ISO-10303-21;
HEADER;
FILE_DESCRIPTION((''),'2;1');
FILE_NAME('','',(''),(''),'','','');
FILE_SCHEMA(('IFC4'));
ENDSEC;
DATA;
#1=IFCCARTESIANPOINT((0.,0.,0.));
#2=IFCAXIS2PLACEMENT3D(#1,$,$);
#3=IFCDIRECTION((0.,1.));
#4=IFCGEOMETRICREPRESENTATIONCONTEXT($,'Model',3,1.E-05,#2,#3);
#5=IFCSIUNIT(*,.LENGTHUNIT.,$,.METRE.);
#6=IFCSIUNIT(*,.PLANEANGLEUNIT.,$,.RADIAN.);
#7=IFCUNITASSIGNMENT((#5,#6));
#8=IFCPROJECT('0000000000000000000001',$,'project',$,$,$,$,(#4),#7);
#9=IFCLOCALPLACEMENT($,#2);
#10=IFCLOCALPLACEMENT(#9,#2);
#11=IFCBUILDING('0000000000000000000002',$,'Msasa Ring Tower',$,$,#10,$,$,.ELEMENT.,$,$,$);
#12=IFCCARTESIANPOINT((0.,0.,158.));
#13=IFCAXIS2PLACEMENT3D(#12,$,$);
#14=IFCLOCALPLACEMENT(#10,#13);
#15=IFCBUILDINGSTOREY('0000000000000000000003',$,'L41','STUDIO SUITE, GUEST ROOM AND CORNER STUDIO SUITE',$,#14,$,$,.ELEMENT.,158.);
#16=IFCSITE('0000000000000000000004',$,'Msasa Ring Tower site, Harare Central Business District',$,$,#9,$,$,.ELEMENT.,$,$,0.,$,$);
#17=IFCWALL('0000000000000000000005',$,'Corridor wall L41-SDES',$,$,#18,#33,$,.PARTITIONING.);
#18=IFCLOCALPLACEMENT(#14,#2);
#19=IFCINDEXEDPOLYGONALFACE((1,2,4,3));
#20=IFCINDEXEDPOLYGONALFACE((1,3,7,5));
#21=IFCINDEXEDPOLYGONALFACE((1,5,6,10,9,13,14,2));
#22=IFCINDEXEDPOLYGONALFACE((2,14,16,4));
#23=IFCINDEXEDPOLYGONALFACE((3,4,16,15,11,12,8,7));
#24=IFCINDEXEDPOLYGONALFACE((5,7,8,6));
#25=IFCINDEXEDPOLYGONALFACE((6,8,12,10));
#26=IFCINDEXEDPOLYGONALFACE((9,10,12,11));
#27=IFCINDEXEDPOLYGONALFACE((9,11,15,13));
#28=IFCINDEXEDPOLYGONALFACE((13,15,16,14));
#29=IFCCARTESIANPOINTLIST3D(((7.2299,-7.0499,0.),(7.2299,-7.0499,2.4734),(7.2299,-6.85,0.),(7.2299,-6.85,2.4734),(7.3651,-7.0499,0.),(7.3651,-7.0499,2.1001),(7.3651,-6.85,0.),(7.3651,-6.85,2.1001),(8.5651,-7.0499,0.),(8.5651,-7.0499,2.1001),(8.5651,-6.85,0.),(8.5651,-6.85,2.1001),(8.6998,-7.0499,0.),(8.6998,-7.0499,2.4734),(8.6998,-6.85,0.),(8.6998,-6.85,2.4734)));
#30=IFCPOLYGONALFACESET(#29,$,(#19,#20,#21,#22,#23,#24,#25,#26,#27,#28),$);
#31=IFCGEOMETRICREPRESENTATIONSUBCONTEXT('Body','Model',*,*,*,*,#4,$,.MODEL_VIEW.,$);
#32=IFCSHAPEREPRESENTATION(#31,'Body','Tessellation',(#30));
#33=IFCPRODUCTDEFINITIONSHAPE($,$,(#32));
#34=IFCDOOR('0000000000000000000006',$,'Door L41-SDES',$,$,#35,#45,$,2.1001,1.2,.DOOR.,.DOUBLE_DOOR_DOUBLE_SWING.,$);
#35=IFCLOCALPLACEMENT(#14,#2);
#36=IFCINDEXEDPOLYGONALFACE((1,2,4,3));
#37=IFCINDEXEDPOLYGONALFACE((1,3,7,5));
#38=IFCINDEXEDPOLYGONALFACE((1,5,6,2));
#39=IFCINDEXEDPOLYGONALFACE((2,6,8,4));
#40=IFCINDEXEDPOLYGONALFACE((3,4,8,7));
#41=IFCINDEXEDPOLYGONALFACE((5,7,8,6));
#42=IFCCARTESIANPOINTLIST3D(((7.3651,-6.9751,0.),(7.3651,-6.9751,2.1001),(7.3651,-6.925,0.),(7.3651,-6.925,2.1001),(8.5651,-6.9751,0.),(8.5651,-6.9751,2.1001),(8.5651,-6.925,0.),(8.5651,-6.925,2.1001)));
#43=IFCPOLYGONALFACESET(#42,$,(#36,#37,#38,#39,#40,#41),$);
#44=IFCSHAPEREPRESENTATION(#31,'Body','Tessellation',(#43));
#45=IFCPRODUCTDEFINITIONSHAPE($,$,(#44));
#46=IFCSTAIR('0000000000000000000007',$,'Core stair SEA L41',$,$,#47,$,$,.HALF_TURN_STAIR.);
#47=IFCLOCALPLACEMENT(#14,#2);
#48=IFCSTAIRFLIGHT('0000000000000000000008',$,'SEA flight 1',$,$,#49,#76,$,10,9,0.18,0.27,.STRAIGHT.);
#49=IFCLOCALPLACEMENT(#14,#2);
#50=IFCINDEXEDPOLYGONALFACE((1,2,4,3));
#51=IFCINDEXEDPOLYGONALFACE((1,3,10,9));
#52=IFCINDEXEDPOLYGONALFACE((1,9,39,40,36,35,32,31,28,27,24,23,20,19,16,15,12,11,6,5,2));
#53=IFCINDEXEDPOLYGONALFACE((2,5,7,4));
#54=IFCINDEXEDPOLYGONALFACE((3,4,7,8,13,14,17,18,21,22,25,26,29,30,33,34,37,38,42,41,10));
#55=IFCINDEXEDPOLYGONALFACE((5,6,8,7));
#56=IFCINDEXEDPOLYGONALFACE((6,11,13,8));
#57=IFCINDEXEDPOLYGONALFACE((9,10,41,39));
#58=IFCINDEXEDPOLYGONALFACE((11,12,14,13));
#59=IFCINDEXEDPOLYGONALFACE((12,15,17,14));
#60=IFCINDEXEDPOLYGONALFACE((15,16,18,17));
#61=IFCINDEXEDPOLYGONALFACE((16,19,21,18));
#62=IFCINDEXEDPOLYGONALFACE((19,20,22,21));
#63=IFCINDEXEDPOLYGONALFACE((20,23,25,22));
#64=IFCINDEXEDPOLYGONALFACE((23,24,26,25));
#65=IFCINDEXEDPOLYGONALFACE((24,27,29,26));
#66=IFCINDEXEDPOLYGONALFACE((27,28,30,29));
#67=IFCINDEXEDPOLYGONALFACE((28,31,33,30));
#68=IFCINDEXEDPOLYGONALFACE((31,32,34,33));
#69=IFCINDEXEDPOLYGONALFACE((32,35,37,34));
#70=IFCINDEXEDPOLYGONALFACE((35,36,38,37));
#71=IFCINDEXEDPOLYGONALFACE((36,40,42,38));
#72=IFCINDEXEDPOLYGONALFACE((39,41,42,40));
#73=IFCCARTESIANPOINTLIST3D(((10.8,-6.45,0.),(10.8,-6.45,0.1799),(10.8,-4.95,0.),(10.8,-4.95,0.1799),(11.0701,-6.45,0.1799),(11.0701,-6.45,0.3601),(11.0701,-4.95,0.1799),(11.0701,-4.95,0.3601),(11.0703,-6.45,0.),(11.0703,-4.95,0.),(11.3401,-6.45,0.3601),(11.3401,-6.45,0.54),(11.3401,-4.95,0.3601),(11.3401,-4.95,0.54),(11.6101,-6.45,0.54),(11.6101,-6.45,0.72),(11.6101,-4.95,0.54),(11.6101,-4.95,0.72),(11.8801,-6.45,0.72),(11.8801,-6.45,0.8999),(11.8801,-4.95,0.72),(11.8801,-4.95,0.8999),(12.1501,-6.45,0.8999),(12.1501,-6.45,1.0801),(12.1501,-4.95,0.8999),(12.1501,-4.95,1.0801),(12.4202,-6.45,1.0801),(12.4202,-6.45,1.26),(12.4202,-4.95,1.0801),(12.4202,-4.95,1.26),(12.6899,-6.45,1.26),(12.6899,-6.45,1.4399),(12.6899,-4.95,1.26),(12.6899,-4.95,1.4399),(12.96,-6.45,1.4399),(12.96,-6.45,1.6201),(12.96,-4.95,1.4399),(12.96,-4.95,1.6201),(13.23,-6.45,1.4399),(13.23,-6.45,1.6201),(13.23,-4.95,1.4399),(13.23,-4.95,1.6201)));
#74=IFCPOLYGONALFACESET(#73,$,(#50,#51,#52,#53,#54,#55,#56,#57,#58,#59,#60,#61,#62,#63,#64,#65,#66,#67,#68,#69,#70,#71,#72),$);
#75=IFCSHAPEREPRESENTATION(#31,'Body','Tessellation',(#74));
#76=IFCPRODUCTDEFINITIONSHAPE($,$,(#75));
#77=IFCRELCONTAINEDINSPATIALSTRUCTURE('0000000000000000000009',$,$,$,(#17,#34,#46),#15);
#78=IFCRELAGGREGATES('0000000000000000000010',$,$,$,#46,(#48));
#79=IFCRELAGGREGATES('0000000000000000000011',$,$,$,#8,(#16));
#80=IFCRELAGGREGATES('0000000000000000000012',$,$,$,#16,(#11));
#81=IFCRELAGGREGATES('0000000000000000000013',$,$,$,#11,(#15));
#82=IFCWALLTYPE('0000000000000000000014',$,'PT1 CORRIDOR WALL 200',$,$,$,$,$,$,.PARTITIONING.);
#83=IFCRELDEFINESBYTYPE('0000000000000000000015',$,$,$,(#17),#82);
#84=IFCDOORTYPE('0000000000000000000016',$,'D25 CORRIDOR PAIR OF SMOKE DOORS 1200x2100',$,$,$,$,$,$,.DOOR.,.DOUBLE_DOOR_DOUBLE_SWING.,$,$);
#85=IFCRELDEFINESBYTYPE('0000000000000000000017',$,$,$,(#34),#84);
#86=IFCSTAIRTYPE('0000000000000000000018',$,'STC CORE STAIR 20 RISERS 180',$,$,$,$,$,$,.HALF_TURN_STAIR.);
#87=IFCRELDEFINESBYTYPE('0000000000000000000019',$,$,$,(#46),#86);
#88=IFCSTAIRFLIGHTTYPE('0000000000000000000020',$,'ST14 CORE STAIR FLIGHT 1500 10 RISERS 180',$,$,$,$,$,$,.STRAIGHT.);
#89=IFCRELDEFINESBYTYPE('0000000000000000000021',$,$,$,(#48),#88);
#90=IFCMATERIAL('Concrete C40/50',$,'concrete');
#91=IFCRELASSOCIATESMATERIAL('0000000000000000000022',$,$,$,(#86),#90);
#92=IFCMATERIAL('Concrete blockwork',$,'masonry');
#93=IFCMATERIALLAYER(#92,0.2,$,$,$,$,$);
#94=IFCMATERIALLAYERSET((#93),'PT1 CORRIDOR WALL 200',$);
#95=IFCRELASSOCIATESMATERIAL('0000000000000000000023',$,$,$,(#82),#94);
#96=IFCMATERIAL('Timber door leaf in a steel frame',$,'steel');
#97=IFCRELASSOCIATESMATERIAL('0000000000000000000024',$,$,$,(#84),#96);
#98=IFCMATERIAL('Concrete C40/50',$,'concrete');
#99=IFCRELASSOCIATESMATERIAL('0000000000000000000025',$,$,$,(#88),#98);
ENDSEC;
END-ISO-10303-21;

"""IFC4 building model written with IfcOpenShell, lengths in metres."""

from ifc_helpers import new_model, si_unit, direction, frame, frame_2d, origin, place, context, subcontext, project, spatial, polyline, rectangle, outline, extrude, material, layer, layer_set, type_object, element, fill, aggregate, save


model = new_model("IFC4")

# Units and contexts
model_context = context("Model", 3, precision=1e-05, world=origin(), true_north=direction((0.0, 1.0)))
body_context = subcontext(model_context, "Body", "Model", "MODEL_VIEW")
ifc_project = project(units=[si_unit("LENGTHUNIT", "METRE"), si_unit("PLANEANGLEUNIT", "RADIAN")], contexts=[model_context])

# Site, building, storey
site_placement = place(None, origin())
site = spatial("IfcSite", under=ifc_project, at=site_placement, Name="Msasa Ring Tower site, Harare Central Business District", CompositionType="ELEMENT", RefElevation=0.0)
building_placement = place(site_placement, origin())
building = spatial("IfcBuilding", under=site, at=building_placement, Name="Msasa Ring Tower", CompositionType="ELEMENT")
storey_placement = place(building_placement, frame((0.0, 0.0, 158.0)))
storey = spatial("IfcBuildingStorey", under=building, at=storey_placement, Name="L41", Description="STUDIO SUITE, GUEST ROOM AND CORNER STUDIO SUITE", CompositionType="ELEMENT", Elevation=158.0)

# Shared definitions
ifc_material_1 = material(Name="Concrete C40/50", Category="concrete")
stair_type = type_object("IfcStairType", Name="STC CORE STAIR 20 RISERS 180", PredefinedType="HALF_TURN_STAIR", material=ifc_material_1)

# Wall, opening, door
ifc_material_2 = material(Name="Concrete blockwork", Category="masonry")
ifc_layer_1 = layer(ifc_material_2, 0.2)
ifc_layer_set_1 = layer_set([ifc_layer_1], Name="PT1 CORRIDOR WALL 200")
wall_type_1 = type_object("IfcWallType", Name="PT1 CORRIDOR WALL 200", PredefinedType="PARTITIONING", material=ifc_layer_set_1)
wall_1_placement = place(storey_placement, frame((7.23, -6.95, 0.0), z_axis=(0.0, 0.0, 1.0), x_axis=(1.0, 0.0, 0.0)))
wall_1 = element("IfcWall", 1, at=wall_1_placement, inside=storey, type_object=wall_type_1, Name="Corridor wall L41-SDES", PredefinedType="PARTITIONING", context=body_context, shape_type="SweptSolid", body=[
    extrude(rectangle(XDim=1.47, YDim=0.2, at=frame_2d((0.7349, 0.0))), origin(), (0.0, 0.0, 1.0), 2.4734),
])
opening_1_placement = place(wall_1_placement, frame((0.135, 0.0, 0.0)))
opening_1 = element("IfcOpeningElement", 2, at=opening_1_placement, cuts=wall_1, PredefinedType="OPENING", context=body_context, shape_type="SweptSolid", body=[
    extrude(rectangle(XDim=1.2, YDim=2.1001, at=frame_2d((0.6001, 1.05))), frame((0.0, 0.1099, 0.0), z_axis=(0.0, -1.0, 0.0), x_axis=(1.0, 0.0, 0.0)), (0.0, 0.0, 1.0), 0.22),
])
ifc_material_3 = material(Name="Timber door leaf in a steel frame", Category="steel")
door_type_1 = type_object("IfcDoorType", Name="D25 CORRIDOR PAIR OF SMOKE DOORS 1200x2100", OperationType="DOUBLE_DOOR_DOUBLE_SWING", PredefinedType="DOOR", material=ifc_material_3)
door_1_placement = place(opening_1_placement, origin())
door_1 = element("IfcDoor", 3, at=door_1_placement, inside=storey, type_object=door_type_1, Name="Door L41-SDES", OperationType="DOUBLE_DOOR_DOUBLE_SWING", OverallHeight=2.1001, OverallWidth=1.2, PredefinedType="DOOR", context=body_context, shape_type="SweptSolid", body=[
    extrude(rectangle(XDim=1.2, YDim=2.1001, at=frame_2d((0.6001, 1.05))), frame((0.0, 0.0249, 0.0), z_axis=(0.0, -1.0, 0.0), x_axis=(1.0, 0.0, 0.0)), (0.0, 0.0, 1.0), 0.05),
])
fill(opening_1, door_1)

# Stair, stair flight
stair_1_placement = place(storey_placement, origin())
stair_1 = element("IfcStair", 4, at=stair_1_placement, inside=storey, type_object=stair_type, Name="Core stair SEA L41", PredefinedType="HALF_TURN_STAIR")
ifc_material_4 = material(Name="Concrete C40/50", Category="concrete")
stair_flight_type = type_object("IfcStairFlightType", Name="ST14 CORE STAIR FLIGHT 1500 10 RISERS 180", PredefinedType="STRAIGHT", material=ifc_material_4)
stair_flight_placement = place(storey_placement, frame((10.8, -5.7, 0.0), z_axis=(0.0, 0.0, 1.0), x_axis=(1.0, 0.0, 0.0)))
stair_flight = element("IfcStairFlight", 5, at=stair_flight_placement, type_object=stair_flight_type, Name="SEA flight 1", NumberOfRisers=10, NumberOfTreads=9, PredefinedType="STRAIGHT", RiserHeight=0.18, TreadLength=0.27, context=body_context, shape_type="SweptSolid", body=[
    extrude(outline(polyline([(0.0, 0.0), (0.0, 0.1799), (0.27, 0.1799), (0.27, 0.3601), (0.54, 0.3601), (0.54, 0.54), (0.8101, 0.54), (0.8101, 0.72), (1.0801, 0.72), (1.0801, 0.8999), (1.3501, 0.8999), (1.3501, 1.0801), (1.6201, 1.0801), (1.6201, 1.26), (1.8899, 1.26), (1.8899, 1.4399), (2.1599, 1.4399), (2.1599, 1.6201), (2.4299, 1.6201), (2.4299, 1.8), (2.4299, 1.4399), (0.2703, 0.0), (0.0, 0.0)])), frame((0.0, 0.75, 0.0), z_axis=(0.0, -1.0, 0.0), x_axis=(1.0, 0.0, 0.0)), (0.0, 0.0, 1.0), 1.5),
])
aggregate(stair_1, [stair_flight])

save(model, "model.ifc")
